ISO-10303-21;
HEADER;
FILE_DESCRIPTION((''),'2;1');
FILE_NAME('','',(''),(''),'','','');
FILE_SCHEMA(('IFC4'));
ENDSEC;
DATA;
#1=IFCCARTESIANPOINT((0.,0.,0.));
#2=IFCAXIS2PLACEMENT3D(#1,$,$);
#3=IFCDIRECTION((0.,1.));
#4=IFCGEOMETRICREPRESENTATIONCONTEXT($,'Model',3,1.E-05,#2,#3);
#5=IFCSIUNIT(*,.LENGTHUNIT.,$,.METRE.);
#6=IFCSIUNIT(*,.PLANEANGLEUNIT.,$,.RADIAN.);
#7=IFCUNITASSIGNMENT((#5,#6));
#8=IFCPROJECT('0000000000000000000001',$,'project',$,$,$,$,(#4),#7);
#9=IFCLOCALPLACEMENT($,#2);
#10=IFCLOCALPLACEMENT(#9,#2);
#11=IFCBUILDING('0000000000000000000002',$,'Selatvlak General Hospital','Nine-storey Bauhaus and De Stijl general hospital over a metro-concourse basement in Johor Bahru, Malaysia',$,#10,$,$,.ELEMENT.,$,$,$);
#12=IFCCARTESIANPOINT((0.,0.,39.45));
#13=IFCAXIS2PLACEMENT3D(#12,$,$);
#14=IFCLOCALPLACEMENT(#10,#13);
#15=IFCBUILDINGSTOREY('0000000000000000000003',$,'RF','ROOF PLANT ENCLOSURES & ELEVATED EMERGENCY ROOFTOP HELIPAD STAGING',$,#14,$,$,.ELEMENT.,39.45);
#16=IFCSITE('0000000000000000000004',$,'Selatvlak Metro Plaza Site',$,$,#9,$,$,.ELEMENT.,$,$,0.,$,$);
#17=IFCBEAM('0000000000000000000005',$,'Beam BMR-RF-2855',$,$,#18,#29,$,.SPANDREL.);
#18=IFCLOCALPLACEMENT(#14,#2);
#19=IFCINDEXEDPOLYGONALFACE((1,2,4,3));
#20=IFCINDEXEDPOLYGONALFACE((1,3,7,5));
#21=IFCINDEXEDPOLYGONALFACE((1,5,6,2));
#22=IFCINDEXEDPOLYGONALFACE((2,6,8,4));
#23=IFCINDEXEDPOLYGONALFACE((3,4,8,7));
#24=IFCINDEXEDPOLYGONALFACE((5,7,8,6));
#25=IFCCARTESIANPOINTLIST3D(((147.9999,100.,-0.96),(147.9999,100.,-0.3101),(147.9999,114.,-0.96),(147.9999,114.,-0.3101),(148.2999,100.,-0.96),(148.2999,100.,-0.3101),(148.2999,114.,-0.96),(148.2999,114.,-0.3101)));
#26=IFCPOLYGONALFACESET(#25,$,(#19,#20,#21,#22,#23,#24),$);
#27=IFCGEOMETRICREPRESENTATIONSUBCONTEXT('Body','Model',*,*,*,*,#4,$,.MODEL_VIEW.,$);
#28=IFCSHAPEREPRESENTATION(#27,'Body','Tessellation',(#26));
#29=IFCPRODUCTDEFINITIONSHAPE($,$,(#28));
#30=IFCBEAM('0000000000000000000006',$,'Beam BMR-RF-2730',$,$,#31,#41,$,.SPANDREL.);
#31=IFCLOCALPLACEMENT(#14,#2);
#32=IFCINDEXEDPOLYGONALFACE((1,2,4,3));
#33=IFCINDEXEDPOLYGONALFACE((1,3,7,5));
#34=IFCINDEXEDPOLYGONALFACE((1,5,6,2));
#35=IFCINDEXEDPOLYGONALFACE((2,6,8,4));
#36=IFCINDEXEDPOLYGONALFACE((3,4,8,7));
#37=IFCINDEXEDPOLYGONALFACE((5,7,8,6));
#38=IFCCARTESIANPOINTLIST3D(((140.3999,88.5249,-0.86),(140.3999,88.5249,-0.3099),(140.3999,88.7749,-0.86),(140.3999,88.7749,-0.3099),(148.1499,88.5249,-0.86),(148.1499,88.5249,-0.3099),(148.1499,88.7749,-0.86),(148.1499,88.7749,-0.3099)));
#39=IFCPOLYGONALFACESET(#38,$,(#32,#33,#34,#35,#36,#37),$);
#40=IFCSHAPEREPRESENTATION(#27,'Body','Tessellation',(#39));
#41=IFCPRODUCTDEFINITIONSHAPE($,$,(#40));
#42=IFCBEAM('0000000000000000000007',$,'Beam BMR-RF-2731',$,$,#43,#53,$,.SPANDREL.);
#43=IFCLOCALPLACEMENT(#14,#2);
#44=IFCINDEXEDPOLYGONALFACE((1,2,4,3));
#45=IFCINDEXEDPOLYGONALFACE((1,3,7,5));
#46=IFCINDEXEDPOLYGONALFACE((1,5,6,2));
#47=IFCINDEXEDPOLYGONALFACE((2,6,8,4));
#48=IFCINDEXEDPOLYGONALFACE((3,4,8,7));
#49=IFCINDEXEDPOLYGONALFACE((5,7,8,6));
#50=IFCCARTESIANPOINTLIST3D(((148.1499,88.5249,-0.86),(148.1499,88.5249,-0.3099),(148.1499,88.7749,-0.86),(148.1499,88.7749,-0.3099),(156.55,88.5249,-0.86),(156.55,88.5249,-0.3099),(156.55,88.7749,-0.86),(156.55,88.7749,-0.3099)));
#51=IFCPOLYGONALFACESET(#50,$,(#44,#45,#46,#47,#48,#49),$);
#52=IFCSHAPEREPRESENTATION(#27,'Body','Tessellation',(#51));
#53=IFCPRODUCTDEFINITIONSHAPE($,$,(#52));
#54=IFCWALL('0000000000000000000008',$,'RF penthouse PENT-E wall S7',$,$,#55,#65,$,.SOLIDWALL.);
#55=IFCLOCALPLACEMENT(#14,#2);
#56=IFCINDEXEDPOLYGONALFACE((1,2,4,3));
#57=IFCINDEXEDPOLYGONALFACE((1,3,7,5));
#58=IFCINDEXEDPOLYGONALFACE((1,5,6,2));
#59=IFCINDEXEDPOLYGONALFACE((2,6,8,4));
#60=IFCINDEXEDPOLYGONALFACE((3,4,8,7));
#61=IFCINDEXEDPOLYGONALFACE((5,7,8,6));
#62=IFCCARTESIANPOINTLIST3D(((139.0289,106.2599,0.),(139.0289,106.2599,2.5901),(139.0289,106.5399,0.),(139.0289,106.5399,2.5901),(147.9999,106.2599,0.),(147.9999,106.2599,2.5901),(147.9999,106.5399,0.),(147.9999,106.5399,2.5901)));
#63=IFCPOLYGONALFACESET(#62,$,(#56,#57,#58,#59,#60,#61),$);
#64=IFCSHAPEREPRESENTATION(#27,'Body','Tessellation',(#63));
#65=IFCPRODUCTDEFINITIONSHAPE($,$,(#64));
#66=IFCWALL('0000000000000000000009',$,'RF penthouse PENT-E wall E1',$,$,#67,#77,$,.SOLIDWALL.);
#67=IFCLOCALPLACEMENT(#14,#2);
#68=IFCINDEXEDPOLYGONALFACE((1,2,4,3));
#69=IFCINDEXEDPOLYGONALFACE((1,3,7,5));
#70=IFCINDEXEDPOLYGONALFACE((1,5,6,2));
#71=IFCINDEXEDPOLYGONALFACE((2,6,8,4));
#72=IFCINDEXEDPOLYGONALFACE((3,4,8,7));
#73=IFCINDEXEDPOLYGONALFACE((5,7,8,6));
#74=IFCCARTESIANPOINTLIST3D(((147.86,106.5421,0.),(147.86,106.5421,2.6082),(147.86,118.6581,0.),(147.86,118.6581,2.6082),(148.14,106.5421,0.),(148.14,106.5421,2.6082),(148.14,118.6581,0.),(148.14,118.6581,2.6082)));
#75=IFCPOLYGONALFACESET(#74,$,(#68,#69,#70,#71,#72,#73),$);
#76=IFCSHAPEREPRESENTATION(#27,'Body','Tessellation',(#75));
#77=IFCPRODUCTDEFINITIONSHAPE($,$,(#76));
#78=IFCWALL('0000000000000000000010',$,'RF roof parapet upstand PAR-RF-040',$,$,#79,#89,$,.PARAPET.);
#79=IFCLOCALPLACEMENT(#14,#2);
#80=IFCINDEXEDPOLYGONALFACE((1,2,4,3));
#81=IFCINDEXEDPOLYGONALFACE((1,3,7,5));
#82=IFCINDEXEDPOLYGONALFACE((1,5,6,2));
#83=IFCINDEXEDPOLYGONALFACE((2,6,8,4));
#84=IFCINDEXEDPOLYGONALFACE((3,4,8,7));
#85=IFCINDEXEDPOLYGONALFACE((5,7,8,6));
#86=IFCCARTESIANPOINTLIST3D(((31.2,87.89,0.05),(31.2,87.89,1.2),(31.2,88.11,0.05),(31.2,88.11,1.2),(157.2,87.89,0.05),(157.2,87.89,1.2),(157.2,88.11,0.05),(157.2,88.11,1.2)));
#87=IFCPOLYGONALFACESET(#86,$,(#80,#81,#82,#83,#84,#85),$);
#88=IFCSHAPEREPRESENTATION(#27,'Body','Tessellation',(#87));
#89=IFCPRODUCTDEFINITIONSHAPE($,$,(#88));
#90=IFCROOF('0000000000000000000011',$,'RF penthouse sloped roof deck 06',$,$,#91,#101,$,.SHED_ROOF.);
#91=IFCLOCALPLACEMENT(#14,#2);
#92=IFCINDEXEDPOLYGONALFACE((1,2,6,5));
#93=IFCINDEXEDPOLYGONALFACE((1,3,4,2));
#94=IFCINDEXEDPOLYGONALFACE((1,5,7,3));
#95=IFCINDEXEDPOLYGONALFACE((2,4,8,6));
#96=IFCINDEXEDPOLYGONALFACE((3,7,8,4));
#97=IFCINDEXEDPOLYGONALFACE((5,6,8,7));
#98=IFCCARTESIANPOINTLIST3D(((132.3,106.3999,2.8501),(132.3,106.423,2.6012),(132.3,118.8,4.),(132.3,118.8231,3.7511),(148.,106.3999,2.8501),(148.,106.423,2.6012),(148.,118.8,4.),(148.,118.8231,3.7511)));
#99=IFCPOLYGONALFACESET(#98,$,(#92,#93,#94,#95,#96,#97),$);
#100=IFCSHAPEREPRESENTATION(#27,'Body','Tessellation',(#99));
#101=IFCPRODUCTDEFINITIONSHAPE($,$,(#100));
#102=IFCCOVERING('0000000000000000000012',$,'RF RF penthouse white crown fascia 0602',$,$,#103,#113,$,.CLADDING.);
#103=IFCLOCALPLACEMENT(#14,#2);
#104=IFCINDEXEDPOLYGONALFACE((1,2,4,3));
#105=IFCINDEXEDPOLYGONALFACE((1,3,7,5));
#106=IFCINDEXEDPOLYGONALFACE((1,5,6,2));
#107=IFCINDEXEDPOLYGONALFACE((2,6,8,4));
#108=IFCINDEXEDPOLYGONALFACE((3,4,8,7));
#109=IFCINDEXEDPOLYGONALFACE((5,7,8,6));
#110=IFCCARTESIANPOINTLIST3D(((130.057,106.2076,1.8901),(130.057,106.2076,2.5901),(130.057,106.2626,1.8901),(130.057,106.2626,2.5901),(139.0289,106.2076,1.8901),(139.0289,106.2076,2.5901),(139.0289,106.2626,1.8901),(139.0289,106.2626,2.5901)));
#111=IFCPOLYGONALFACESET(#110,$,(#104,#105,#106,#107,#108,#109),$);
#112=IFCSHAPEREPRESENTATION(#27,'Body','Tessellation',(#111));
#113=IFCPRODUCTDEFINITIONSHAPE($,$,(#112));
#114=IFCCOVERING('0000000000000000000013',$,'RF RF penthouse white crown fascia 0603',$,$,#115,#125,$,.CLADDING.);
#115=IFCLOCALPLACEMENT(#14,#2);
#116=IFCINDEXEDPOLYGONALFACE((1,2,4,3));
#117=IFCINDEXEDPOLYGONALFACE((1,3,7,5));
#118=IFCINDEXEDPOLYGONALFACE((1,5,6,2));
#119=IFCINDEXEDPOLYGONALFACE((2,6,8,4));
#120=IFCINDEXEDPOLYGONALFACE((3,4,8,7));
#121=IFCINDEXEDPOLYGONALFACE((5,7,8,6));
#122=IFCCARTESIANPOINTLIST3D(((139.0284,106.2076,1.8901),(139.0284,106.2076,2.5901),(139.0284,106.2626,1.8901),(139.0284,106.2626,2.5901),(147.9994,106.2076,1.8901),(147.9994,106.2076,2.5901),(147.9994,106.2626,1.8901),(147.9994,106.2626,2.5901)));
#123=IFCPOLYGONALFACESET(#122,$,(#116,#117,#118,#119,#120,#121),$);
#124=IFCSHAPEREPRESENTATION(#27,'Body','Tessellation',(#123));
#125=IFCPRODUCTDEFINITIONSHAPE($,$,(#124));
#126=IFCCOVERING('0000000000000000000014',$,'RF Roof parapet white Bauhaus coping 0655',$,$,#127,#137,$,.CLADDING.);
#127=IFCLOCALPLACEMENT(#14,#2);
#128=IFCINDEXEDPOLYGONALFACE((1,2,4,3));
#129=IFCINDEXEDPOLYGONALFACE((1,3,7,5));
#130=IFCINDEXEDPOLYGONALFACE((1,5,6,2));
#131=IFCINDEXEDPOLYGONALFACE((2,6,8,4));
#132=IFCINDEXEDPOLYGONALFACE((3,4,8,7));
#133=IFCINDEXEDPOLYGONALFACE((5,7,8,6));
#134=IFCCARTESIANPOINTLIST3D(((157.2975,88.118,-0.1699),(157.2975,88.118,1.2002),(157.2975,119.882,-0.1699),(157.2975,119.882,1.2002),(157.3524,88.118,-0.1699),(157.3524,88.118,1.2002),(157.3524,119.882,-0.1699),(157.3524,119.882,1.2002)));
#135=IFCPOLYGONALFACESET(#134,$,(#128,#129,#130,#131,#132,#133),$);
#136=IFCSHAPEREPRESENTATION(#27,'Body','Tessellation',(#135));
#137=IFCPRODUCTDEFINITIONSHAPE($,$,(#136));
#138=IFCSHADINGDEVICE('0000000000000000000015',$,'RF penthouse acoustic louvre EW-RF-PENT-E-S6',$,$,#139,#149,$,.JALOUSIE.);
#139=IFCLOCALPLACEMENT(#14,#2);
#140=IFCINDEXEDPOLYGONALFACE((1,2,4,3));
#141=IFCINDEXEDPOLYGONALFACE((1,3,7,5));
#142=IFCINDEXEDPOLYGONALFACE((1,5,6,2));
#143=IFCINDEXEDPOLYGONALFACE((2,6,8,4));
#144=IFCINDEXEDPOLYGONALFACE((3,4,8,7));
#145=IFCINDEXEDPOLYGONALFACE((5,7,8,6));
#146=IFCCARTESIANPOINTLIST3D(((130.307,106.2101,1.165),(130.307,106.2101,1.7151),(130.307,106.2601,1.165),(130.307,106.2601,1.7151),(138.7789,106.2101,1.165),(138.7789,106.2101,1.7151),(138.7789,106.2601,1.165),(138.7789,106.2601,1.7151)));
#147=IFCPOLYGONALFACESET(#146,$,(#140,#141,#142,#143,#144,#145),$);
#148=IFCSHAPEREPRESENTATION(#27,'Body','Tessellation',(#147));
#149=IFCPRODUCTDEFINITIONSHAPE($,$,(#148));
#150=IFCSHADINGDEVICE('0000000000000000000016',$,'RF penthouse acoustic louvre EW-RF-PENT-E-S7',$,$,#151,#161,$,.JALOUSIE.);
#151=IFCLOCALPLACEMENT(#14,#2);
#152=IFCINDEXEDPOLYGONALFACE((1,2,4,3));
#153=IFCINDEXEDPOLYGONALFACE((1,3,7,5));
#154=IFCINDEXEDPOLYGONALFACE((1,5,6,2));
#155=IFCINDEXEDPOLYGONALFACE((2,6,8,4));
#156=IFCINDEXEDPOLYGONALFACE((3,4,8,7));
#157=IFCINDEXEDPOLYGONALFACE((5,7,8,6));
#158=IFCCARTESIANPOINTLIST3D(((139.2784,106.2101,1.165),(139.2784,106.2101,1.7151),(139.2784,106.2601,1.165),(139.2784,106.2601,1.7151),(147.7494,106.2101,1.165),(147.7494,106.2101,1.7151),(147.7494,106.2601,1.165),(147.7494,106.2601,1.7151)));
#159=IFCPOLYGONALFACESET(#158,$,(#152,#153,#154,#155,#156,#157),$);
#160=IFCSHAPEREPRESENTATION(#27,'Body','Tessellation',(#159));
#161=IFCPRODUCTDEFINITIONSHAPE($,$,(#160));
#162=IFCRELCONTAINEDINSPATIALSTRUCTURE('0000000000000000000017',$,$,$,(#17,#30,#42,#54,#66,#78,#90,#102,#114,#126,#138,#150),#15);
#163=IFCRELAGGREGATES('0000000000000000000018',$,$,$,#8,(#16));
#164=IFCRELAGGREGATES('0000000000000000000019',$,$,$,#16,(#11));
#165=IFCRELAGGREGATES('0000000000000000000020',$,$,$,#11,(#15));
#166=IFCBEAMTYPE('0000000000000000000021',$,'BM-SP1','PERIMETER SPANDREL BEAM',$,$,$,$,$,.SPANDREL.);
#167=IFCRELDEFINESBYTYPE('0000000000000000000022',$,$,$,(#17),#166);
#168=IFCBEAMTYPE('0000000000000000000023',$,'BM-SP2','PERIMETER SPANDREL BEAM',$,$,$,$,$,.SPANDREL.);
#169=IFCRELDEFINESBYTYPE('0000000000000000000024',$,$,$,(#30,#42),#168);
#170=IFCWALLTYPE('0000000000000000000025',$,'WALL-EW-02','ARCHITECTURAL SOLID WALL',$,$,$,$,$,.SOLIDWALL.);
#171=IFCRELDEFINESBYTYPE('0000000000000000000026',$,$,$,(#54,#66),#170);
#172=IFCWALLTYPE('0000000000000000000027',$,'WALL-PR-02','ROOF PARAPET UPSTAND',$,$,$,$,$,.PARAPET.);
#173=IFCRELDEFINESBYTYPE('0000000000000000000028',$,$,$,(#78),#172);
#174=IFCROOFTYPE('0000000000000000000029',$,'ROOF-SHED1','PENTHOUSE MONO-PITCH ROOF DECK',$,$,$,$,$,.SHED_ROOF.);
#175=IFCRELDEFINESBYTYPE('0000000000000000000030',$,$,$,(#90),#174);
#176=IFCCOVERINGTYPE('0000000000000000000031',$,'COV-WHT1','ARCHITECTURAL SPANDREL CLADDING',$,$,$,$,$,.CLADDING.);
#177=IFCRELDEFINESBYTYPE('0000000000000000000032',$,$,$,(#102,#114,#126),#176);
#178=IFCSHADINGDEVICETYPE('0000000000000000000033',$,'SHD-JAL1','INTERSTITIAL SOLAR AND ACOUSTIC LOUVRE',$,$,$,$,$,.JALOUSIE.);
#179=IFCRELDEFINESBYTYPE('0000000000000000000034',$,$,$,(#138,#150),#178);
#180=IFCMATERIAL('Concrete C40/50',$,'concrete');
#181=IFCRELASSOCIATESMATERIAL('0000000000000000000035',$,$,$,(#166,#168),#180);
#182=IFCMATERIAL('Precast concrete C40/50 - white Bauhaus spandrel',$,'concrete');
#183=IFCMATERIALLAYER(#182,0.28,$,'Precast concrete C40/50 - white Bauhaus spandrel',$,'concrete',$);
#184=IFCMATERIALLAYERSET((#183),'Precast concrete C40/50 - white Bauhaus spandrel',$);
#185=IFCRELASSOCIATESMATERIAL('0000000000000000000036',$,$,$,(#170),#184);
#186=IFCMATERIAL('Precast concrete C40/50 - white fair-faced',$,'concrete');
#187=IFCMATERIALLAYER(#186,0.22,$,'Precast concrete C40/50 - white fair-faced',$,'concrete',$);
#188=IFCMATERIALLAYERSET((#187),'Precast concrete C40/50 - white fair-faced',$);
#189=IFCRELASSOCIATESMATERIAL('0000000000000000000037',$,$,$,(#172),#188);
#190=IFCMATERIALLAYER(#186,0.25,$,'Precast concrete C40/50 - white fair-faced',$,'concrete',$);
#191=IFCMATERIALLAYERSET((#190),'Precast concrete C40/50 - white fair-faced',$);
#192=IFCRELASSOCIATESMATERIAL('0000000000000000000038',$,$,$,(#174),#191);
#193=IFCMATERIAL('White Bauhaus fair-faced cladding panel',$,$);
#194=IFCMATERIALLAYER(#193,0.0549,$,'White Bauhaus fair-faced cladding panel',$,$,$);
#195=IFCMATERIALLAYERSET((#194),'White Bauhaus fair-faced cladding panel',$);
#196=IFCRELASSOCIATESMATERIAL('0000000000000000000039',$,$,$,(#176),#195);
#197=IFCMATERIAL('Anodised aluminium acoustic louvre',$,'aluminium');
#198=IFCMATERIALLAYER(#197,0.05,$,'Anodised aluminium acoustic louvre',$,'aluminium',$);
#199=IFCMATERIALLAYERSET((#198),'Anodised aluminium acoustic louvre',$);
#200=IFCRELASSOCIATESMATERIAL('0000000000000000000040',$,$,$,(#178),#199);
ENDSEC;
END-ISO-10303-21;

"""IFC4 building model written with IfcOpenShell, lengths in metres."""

from ifc_helpers import new_model, si_unit, direction, frame, frame_2d, origin, origin_2d, place, context, subcontext, project, spatial, polyline, rectangle, outline, extrude, material, layer, layer_set, material_profile, profile_set, type_object, element, save


model = new_model("IFC4")

# Units and contexts
model_context = context("Model", 3, precision=1e-05, world=origin(), true_north=direction((0.0, 1.0)))
body_context = subcontext(model_context, "Body", "Model", "MODEL_VIEW")
ifc_project = project(units=[si_unit("LENGTHUNIT", "METRE"), si_unit("PLANEANGLEUNIT", "RADIAN")], contexts=[model_context])

# Site, building, storey
site_placement = place(None, origin())
site = spatial("IfcSite", under=ifc_project, at=site_placement, Name="Selatvlak Metro Plaza Site", CompositionType="ELEMENT", RefElevation=0.0)
building_placement = place(site_placement, origin())
building = spatial("IfcBuilding", under=site, at=building_placement, Name="Selatvlak General Hospital", Description="Nine-storey Bauhaus and De Stijl general hospital over a metro-concourse basement in Johor Bahru, Malaysia", CompositionType="ELEMENT")
storey_placement = place(building_placement, frame((0.0, 0.0, 39.45)))
storey = spatial("IfcBuildingStorey", under=building, at=storey_placement, Name="RF", Description="ROOF PLANT ENCLOSURES & ELEVATED EMERGENCY ROOFTOP HELIPAD STAGING", CompositionType="ELEMENT", Elevation=39.45)

# Beams
ifc_material_1 = material(Name="Concrete C40/50", Category="concrete")
ifc_material_profile_1 = material_profile(ifc_material_1, rectangle(XDim=0.3, YDim=0.6499, at=origin_2d()), Name="RC-SP 300x650")
ifc_profile_set_1 = profile_set([ifc_material_profile_1], Name="Concrete C40/50")
beam_type_1 = type_object("IfcBeamType", Name="BM-SP1", Description="PERIMETER SPANDREL BEAM", PredefinedType="SPANDREL", material=ifc_profile_set_1)
beam_1_placement = place(storey_placement, frame((148.1499, 100.0, -0.635), z_axis=(0.0, 1.0, 0.0), x_axis=(-1.0, 0.0, 0.0)))
element("IfcBeam", 1, at=beam_1_placement, inside=storey, type_object=beam_type_1, Name="Beam BMR-RF-2855", PredefinedType="SPANDREL", context=body_context, shape_type="SweptSolid", body=[
    extrude(rectangle(XDim=0.3, YDim=0.6499, at=origin_2d()), origin(), (0.0, 0.0, 1.0), 14.0),
])
ifc_material_profile_2 = material_profile(ifc_material_1, rectangle(XDim=0.25, YDim=0.55, at=origin_2d()), Name="RC-SP 250x550")
ifc_profile_set_2 = profile_set([ifc_material_profile_2], Name="Concrete C40/50")
beam_type_2 = type_object("IfcBeamType", Name="BM-SP2", Description="PERIMETER SPANDREL BEAM", PredefinedType="SPANDREL", material=ifc_profile_set_2)
beam_2_placement = place(storey_placement, frame((140.3999, 88.6499, -0.585), z_axis=(1.0, 0.0, 0.0), x_axis=(0.0, 1.0, 0.0)))
element("IfcBeam", 2, at=beam_2_placement, inside=storey, type_object=beam_type_2, Name="Beam BMR-RF-2730", PredefinedType="SPANDREL", context=body_context, shape_type="SweptSolid", body=[
    extrude(rectangle(XDim=0.25, YDim=0.55, at=origin_2d()), origin(), (0.0, 0.0, 1.0), 7.75),
])
beam_3_placement = place(storey_placement, frame((148.1499, 88.6499, -0.585), z_axis=(1.0, 0.0, 0.0), x_axis=(0.0, 1.0, 0.0)))
element("IfcBeam", 3, at=beam_3_placement, inside=storey, type_object=beam_type_2, Name="Beam BMR-RF-2731", PredefinedType="SPANDREL", context=body_context, shape_type="SweptSolid", body=[
    extrude(rectangle(XDim=0.25, YDim=0.55, at=origin_2d()), origin(), (0.0, 0.0, 1.0), 8.4001),
])

# Walls
ifc_material_2 = material(Name="Precast concrete C40/50 - white Bauhaus spandrel", Category="concrete")
ifc_layer_1 = layer(ifc_material_2, 0.28, Name="Precast concrete C40/50 - white Bauhaus spandrel", Category="concrete")
ifc_layer_set_1 = layer_set([ifc_layer_1], Name="Precast concrete C40/50 - white Bauhaus spandrel")
wall_type_1 = type_object("IfcWallType", Name="WALL-EW-02", Description="ARCHITECTURAL SOLID WALL", PredefinedType="SOLIDWALL", material=ifc_layer_set_1)
wall_1_placement = place(storey_placement, frame((139.0291, 106.3999, 0.0), z_axis=(0.0, 0.0, 1.0), x_axis=(1.0, 0.0, 0.0)))
element("IfcWall", 4, at=wall_1_placement, inside=storey, type_object=wall_type_1, Name="RF penthouse PENT-E wall S7", PredefinedType="SOLIDWALL", context=body_context, shape_type="SweptSolid", body=[
    extrude(rectangle(XDim=8.9709, YDim=0.28, at=frame_2d((4.4854, 0.0))), origin(), (0.0, 0.0, 1.0), 2.5901),
])
wall_2_placement = place(storey_placement, frame((148.0, 106.542, 0.0), z_axis=(0.0, 0.0, 1.0), x_axis=(0.0, 1.0, 0.0)))
element("IfcWall", 5, at=wall_2_placement, inside=storey, type_object=wall_type_1, Name="RF penthouse PENT-E wall E1", PredefinedType="SOLIDWALL", context=body_context, shape_type="SweptSolid", body=[
    extrude(rectangle(XDim=12.116, YDim=0.28, at=frame_2d((6.0581, 0.0))), origin(), (0.0, 0.0, 1.0), 2.6082),
])
ifc_material_3 = material(Name="Precast concrete C40/50 - white fair-faced", Category="concrete")
ifc_layer_2 = layer(ifc_material_3, 0.22, Name="Precast concrete C40/50 - white fair-faced", Category="concrete")
ifc_layer_set_2 = layer_set([ifc_layer_2], Name="Precast concrete C40/50 - white fair-faced")
wall_type_2 = type_object("IfcWallType", Name="WALL-PR-02", Description="ROOF PARAPET UPSTAND", PredefinedType="PARAPET", material=ifc_layer_set_2)
wall_3_placement = place(storey_placement, frame((157.2, 88.0, 0.05), z_axis=(0.0, 0.0, 1.0), x_axis=(-1.0, 0.0, 0.0)))
element("IfcWall", 6, at=wall_3_placement, inside=storey, type_object=wall_type_2, Name="RF roof parapet upstand PAR-RF-040", PredefinedType="PARAPET", context=body_context, shape_type="SweptSolid", body=[
    extrude(rectangle(XDim=126.0, YDim=0.22, at=frame_2d((63.0, 0.0))), origin(), (0.0, 0.0, 1.0), 1.1499),
])

# Roof
ifc_layer_3 = layer(ifc_material_3, 0.25, Name="Precast concrete C40/50 - white fair-faced", Category="concrete")
ifc_layer_set_3 = layer_set([ifc_layer_3], Name="Precast concrete C40/50 - white fair-faced")
roof_type = type_object("IfcRoofType", Name="ROOF-SHED1", Description="PENTHOUSE MONO-PITCH ROOF DECK", PredefinedType="SHED_ROOF", material=ifc_layer_set_3)
roof_placement = place(storey_placement, frame((132.3, 106.3999, 2.8501), z_axis=(0.0, -0.092337, 0.995728), x_axis=(1.0, 0.0, 0.0)))
element("IfcRoof", 7, at=roof_placement, inside=storey, type_object=roof_type, Name="RF penthouse sloped roof deck 06", PredefinedType="SHED_ROOF", context=body_context, shape_type="SweptSolid", body=[
    extrude(outline(polyline([(0.0, 0.0), (15.7, 0.0), (15.7, 12.4533), (0.0, 12.4533), (0.0, 0.0)])), origin(), (0.0, 0.0, -1.0), 0.25),
])

# Coverings
ifc_material_4 = material(Name="White Bauhaus fair-faced cladding panel")
ifc_layer_4 = layer(ifc_material_4, 0.0549, Name="White Bauhaus fair-faced cladding panel")
ifc_layer_set_4 = layer_set([ifc_layer_4], Name="White Bauhaus fair-faced cladding panel")
covering_type = type_object("IfcCoveringType", Name="COV-WHT1", Description="ARCHITECTURAL SPANDREL CLADDING", PredefinedType="CLADDING", material=ifc_layer_set_4)
covering_1_placement = place(storey_placement, frame((134.543, 106.2351, 1.8901), z_axis=(0.0, 0.0, 1.0), x_axis=(1.0, 0.0, 0.0)))
element("IfcCovering", 8, at=covering_1_placement, inside=storey, type_object=covering_type, Name="RF RF penthouse white crown fascia 0602", PredefinedType="CLADDING", context=body_context, shape_type="SweptSolid", body=[
    extrude(rectangle(XDim=8.9719, YDim=0.0549, at=origin_2d()), origin(), (0.0, 0.0, 1.0), 0.7),
])
covering_2_placement = place(storey_placement, frame((143.5139, 106.2351, 1.8901), z_axis=(0.0, 0.0, 1.0), x_axis=(1.0, 0.0, 0.0)))
element("IfcCovering", 9, at=covering_2_placement, inside=storey, type_object=covering_type, Name="RF RF penthouse white crown fascia 0603", PredefinedType="CLADDING", context=body_context, shape_type="SweptSolid", body=[
    extrude(rectangle(XDim=8.9709, YDim=0.0549, at=origin_2d()), origin(), (0.0, 0.0, 1.0), 0.7),
])
covering_3_placement = place(storey_placement, frame((157.325, 104.0, -0.1699), z_axis=(0.0, 0.0, 1.0), x_axis=(0.0, -1.0, 0.0)))
element("IfcCovering", 10, at=covering_3_placement, inside=storey, type_object=covering_type, Name="RF Roof parapet white Bauhaus coping 0655", PredefinedType="CLADDING", context=body_context, shape_type="SweptSolid", body=[
    extrude(rectangle(XDim=31.7639, YDim=0.0549, at=origin_2d()), origin(), (0.0, 0.0, 1.0), 1.3701),
])

# Shading devices
ifc_material_5 = material(Name="Anodised aluminium acoustic louvre", Category="aluminium")
ifc_layer_5 = layer(ifc_material_5, 0.05, Name="Anodised aluminium acoustic louvre", Category="aluminium")
ifc_layer_set_5 = layer_set([ifc_layer_5], Name="Anodised aluminium acoustic louvre")
shading_device_type = type_object("IfcShadingDeviceType", Name="SHD-JAL1", Description="INTERSTITIAL SOLAR AND ACOUSTIC LOUVRE", PredefinedType="JALOUSIE", material=ifc_layer_set_5)
shading_device_1_placement = place(storey_placement, frame((134.543, 106.2351, 1.165), z_axis=(0.0, 0.0, 1.0), x_axis=(1.0, 0.0, 0.0)))
element("IfcShadingDevice", 11, at=shading_device_1_placement, inside=storey, type_object=shading_device_type, Name="RF penthouse acoustic louvre EW-RF-PENT-E-S6", PredefinedType="JALOUSIE", context=body_context, shape_type="SweptSolid", body=[
    extrude(rectangle(XDim=8.4719, YDim=0.05, at=origin_2d()), origin(), (0.0, 0.0, 1.0), 0.55),
])
shading_device_2_placement = place(storey_placement, frame((143.5139, 106.2351, 1.165), z_axis=(0.0, 0.0, 1.0), x_axis=(1.0, 0.0, 0.0)))
element("IfcShadingDevice", 12, at=shading_device_2_placement, inside=storey, type_object=shading_device_type, Name="RF penthouse acoustic louvre EW-RF-PENT-E-S7", PredefinedType="JALOUSIE", context=body_context, shape_type="SweptSolid", body=[
    extrude(rectangle(XDim=8.4709, YDim=0.05, at=origin_2d()), origin(), (0.0, 0.0, 1.0), 0.55),
])

save(model, "model.ifc")
